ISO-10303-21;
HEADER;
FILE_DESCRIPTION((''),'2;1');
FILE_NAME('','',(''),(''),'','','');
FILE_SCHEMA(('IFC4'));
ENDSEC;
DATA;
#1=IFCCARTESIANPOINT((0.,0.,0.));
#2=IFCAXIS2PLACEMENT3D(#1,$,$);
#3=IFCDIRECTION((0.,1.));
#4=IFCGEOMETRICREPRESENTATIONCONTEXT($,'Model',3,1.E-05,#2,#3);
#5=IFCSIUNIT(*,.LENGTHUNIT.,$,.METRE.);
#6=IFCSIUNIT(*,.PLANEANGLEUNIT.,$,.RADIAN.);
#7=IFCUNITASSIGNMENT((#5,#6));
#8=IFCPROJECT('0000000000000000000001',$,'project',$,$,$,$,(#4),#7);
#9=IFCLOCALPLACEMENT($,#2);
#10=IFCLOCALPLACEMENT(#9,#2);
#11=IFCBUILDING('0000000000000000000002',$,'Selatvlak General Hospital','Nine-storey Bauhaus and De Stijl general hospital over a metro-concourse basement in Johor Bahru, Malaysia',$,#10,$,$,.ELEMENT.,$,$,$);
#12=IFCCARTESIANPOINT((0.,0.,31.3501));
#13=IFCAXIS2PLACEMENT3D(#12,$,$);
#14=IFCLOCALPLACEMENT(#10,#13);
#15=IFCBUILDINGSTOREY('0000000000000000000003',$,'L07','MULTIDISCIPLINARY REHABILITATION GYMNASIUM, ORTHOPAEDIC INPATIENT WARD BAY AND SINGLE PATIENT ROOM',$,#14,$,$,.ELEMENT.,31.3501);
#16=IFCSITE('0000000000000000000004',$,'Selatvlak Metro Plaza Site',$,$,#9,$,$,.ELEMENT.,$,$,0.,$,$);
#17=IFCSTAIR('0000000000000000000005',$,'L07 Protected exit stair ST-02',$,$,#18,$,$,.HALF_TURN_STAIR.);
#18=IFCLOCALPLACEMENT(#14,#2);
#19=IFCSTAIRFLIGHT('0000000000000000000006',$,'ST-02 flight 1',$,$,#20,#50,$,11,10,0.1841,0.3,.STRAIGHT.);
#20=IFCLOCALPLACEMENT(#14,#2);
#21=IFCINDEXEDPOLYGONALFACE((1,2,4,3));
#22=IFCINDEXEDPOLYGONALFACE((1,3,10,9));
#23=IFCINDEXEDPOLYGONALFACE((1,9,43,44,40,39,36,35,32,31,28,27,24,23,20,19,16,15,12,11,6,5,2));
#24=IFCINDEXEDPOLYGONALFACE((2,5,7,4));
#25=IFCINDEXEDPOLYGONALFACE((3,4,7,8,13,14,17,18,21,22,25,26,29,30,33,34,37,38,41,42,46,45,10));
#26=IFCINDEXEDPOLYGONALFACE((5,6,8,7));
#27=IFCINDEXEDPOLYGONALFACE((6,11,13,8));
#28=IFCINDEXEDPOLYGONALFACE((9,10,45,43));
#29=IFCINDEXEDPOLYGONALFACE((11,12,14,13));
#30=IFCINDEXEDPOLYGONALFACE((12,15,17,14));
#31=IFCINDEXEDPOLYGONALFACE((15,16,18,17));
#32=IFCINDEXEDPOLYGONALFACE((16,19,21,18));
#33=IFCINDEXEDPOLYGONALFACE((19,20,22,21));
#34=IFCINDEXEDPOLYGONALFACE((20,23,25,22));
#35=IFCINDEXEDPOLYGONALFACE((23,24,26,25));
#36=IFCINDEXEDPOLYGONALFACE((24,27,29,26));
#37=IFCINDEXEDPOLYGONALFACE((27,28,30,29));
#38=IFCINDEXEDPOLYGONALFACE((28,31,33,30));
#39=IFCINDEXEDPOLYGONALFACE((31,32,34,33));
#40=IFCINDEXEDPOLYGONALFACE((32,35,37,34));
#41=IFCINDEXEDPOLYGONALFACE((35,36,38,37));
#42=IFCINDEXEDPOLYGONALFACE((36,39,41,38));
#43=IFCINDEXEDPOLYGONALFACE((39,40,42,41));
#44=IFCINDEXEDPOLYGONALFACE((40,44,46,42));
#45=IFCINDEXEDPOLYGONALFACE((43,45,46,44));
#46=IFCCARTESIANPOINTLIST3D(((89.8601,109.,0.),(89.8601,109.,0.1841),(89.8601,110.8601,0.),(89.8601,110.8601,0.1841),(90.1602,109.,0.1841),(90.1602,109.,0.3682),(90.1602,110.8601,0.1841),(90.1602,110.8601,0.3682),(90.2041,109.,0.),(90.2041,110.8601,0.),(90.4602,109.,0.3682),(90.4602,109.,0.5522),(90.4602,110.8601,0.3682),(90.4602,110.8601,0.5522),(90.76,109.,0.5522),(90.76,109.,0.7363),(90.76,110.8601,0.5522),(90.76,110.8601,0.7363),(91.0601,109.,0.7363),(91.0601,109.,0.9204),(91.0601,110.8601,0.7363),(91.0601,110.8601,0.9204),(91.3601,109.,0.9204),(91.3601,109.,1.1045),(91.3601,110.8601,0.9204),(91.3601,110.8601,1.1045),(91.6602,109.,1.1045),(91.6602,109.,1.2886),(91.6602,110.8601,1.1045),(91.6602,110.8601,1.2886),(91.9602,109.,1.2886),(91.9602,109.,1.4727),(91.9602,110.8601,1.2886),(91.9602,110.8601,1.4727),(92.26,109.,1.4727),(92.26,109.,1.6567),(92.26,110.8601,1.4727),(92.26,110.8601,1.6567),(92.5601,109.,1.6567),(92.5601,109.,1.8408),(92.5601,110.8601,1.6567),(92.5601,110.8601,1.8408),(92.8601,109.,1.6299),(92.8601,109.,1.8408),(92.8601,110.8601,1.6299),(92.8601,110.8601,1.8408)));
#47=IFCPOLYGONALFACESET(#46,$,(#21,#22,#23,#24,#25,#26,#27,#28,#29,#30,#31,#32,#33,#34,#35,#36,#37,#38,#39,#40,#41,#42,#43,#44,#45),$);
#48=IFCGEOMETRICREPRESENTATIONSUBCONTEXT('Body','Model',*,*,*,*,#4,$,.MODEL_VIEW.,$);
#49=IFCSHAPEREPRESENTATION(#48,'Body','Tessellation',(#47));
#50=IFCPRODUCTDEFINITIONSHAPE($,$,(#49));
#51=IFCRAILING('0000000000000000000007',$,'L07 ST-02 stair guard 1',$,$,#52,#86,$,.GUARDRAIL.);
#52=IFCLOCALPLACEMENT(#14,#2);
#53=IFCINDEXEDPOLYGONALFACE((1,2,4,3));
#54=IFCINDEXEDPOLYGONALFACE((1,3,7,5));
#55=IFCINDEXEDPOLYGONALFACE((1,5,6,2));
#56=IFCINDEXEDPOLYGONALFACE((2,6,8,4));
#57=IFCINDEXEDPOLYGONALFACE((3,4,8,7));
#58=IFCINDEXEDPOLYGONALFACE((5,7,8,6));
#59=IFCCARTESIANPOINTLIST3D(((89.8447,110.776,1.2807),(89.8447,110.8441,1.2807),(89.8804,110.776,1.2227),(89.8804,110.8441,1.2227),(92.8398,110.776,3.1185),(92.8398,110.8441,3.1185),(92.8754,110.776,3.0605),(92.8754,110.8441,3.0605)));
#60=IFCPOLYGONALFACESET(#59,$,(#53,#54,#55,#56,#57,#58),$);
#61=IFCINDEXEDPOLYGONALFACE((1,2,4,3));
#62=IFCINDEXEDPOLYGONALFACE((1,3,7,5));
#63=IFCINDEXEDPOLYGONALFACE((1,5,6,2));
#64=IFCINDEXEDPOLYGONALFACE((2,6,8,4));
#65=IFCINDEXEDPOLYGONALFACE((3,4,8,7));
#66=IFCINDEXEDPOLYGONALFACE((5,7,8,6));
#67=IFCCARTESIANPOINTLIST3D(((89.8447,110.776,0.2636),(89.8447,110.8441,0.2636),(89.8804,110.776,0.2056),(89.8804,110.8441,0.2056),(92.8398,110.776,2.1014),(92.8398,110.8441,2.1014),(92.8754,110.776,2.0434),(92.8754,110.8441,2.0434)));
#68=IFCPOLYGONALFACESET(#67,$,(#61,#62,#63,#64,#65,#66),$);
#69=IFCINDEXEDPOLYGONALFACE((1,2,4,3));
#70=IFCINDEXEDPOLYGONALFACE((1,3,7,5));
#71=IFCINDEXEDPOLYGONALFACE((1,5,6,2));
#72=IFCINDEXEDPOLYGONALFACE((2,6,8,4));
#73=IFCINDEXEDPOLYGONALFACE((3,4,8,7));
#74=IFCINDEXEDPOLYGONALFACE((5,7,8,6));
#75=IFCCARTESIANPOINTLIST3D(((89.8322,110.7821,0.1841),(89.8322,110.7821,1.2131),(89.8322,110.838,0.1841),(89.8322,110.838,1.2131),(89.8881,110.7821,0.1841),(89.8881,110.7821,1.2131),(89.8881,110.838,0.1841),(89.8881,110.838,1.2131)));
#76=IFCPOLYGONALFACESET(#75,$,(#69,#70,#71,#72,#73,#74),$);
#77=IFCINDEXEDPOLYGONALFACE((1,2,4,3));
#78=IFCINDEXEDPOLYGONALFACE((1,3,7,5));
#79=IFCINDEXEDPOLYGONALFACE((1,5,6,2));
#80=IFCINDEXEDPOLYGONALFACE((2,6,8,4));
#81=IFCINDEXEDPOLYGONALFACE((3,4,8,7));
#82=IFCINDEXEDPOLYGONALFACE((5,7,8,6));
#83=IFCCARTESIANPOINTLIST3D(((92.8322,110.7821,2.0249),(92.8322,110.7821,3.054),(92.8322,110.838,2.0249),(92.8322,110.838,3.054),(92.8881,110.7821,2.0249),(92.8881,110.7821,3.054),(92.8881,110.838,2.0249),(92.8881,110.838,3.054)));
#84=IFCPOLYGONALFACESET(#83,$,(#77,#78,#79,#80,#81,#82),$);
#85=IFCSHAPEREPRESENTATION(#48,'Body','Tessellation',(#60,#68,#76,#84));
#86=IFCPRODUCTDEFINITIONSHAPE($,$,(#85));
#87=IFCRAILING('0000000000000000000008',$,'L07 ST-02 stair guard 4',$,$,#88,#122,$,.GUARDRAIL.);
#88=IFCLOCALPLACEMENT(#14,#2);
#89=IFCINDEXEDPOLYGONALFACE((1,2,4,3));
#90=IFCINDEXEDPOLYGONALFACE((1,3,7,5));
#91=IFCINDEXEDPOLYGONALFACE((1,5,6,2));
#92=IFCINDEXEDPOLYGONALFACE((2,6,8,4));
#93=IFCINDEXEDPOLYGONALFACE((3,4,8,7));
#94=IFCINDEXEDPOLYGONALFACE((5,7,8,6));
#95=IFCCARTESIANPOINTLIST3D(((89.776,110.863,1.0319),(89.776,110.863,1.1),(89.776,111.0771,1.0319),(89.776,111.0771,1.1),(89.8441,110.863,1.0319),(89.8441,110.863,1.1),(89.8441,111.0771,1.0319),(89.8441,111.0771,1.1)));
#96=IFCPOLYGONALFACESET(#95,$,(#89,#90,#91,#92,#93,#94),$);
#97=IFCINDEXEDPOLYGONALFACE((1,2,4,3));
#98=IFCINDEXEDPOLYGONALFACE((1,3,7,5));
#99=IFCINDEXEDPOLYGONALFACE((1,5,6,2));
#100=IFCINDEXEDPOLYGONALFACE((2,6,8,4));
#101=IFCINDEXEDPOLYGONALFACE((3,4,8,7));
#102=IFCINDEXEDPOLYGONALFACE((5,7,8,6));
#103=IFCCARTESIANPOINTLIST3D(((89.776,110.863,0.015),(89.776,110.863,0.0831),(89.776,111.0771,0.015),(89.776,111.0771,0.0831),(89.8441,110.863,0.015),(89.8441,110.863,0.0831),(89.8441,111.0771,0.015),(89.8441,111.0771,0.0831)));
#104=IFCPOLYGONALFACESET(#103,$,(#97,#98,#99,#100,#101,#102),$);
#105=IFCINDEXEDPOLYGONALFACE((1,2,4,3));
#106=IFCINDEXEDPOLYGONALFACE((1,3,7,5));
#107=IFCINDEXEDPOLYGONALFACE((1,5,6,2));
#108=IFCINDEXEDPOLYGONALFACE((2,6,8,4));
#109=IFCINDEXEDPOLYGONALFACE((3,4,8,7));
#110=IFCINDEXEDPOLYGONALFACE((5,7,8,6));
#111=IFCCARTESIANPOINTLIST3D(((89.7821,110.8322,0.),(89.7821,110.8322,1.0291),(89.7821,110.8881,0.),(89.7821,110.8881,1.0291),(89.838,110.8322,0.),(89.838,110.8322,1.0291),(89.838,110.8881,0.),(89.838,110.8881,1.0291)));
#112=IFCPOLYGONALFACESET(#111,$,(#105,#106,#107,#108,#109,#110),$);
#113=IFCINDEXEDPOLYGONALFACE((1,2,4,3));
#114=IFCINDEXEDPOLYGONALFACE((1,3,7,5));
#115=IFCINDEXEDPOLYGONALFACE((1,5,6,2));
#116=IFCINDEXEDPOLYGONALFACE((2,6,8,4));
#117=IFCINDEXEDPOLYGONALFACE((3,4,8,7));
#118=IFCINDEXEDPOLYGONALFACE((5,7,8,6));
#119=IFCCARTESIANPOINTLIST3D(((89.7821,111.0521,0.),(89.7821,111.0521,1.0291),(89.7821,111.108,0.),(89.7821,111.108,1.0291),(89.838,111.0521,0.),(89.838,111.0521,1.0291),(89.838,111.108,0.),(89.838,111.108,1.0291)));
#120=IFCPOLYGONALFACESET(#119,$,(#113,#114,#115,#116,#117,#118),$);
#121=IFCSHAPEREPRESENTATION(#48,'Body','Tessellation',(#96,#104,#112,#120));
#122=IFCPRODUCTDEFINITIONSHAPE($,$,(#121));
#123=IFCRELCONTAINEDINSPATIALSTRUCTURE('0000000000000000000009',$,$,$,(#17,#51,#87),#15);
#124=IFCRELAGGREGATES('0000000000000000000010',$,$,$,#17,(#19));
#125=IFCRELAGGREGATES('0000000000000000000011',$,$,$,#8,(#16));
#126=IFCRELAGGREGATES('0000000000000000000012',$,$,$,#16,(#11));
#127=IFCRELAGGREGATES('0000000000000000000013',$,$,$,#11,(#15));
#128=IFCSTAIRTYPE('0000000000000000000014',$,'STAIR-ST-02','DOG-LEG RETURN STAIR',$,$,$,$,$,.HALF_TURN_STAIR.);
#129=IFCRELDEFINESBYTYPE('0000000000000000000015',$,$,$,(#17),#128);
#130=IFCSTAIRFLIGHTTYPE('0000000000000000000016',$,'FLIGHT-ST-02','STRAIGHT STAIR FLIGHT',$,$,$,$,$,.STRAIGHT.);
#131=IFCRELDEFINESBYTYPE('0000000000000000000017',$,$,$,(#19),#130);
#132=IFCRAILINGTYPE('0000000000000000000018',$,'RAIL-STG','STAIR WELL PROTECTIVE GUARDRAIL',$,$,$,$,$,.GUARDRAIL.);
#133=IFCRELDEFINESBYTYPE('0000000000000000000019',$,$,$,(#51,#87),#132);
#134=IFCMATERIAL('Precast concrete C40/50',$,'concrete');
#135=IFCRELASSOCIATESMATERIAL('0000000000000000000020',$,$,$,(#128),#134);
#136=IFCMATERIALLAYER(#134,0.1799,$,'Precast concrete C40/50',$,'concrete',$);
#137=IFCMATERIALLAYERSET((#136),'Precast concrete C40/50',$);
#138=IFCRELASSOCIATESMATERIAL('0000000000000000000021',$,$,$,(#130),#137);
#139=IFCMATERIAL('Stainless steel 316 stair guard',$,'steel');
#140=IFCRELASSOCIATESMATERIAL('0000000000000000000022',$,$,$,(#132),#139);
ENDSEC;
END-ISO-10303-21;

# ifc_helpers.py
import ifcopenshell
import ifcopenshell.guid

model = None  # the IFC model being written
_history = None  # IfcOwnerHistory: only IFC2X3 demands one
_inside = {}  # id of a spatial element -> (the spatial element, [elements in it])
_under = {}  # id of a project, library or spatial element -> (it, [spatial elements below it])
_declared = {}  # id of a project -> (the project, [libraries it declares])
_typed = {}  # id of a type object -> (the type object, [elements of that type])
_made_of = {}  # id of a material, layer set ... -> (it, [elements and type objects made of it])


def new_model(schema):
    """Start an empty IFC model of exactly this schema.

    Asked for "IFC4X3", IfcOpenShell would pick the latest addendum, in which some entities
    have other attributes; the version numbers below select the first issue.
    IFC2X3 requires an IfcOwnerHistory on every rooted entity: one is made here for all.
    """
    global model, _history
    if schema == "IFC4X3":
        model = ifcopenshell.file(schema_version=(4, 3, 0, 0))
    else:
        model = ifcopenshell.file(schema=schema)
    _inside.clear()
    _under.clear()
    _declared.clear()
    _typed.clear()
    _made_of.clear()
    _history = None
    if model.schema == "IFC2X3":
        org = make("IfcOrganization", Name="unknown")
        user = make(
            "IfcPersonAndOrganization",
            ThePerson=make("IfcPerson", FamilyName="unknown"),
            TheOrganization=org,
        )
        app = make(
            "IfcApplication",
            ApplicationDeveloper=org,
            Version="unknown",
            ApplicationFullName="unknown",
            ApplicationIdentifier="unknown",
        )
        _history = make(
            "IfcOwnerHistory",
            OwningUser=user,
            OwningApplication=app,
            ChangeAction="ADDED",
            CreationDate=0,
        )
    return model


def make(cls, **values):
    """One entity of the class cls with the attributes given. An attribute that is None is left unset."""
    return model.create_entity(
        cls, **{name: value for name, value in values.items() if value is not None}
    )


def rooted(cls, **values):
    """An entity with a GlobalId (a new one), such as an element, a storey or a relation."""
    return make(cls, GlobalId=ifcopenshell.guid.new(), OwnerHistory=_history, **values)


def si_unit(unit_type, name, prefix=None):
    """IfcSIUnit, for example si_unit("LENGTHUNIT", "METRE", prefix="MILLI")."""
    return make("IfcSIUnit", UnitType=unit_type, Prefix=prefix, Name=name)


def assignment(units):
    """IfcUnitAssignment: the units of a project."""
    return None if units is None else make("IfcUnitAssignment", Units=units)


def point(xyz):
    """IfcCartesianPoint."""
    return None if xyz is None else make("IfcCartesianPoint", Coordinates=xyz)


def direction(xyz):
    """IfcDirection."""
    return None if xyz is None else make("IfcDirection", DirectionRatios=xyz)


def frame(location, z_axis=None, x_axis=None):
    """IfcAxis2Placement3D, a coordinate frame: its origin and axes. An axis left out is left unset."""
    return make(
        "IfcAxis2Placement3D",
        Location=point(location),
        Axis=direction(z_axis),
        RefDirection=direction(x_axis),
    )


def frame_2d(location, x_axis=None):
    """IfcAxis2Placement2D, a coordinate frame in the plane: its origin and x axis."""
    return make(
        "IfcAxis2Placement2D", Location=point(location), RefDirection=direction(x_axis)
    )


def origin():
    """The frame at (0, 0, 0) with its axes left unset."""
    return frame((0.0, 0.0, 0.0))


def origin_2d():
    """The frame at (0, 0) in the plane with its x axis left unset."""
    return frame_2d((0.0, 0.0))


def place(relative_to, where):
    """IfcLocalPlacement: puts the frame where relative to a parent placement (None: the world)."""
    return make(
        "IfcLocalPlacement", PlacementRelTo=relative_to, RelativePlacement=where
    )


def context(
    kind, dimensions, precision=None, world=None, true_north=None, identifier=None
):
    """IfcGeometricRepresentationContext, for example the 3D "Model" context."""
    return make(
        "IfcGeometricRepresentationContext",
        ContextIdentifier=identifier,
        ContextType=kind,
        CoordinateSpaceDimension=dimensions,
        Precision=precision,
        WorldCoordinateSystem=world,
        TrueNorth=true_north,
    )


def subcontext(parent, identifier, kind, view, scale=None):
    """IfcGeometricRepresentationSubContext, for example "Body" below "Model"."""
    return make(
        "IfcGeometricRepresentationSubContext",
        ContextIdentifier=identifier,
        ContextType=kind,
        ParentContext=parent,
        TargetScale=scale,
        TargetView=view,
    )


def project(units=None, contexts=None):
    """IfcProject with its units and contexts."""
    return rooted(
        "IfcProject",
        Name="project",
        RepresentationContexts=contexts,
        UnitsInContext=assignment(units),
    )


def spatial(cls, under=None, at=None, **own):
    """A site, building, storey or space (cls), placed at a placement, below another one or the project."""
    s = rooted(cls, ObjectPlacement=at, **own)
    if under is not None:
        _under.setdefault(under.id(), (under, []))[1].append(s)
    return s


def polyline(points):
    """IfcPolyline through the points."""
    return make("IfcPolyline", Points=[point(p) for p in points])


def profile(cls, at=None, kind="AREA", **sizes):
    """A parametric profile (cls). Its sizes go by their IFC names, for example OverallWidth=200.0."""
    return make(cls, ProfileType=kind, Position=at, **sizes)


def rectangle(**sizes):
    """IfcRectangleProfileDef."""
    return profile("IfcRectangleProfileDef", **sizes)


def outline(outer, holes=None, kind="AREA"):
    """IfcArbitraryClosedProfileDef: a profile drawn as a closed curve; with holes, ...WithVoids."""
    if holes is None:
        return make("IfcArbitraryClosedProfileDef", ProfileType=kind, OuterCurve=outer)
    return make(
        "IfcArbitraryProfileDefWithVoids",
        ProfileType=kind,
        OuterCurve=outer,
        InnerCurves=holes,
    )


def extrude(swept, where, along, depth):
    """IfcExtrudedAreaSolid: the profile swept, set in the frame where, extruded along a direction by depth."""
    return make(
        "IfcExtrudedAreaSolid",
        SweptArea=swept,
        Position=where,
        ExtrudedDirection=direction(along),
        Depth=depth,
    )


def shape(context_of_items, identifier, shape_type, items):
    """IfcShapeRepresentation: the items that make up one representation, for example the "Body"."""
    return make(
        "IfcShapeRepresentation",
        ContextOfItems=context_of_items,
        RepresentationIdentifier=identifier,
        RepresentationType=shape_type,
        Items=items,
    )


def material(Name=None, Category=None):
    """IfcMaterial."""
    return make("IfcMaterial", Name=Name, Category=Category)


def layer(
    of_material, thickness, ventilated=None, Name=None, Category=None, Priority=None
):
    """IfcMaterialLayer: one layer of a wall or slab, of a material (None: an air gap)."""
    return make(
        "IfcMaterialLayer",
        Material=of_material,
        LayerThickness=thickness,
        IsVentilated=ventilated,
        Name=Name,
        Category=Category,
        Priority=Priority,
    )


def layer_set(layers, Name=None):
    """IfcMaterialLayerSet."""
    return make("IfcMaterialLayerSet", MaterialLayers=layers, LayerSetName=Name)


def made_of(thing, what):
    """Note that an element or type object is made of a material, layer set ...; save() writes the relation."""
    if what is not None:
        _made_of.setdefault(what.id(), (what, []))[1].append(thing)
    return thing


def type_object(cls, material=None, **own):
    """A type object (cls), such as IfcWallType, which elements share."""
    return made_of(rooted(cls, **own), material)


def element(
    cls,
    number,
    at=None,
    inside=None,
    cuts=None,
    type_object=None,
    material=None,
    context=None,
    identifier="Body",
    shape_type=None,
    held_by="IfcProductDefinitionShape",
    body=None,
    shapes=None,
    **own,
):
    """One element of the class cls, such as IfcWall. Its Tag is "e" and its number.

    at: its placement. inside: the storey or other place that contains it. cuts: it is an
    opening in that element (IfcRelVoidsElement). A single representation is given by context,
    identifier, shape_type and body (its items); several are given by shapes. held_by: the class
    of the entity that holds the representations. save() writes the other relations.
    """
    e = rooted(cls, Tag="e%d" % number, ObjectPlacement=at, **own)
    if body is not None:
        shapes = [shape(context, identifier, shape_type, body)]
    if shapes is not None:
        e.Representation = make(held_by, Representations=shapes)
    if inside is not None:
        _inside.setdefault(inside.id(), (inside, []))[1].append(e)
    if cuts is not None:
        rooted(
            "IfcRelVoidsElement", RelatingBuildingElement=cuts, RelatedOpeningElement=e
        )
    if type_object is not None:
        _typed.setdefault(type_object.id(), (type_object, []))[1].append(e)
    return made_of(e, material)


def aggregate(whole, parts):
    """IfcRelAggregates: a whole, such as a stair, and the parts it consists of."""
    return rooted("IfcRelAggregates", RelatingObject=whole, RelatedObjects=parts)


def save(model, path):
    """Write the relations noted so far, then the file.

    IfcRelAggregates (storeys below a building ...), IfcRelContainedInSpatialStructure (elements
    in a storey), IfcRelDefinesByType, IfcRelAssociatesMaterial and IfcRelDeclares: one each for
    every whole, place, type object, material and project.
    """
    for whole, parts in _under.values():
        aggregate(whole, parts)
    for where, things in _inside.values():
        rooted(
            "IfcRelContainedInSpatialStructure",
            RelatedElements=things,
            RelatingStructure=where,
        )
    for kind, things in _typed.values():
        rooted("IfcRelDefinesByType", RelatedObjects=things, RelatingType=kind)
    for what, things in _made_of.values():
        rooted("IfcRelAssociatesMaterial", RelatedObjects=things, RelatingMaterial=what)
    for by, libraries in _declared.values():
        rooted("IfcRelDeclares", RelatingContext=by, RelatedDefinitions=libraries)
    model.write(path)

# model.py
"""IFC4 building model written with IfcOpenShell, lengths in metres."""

from ifc_helpers import new_model, si_unit, direction, frame, origin, origin_2d, place, context, subcontext, project, spatial, polyline, rectangle, outline, extrude, material, layer, layer_set, type_object, element, aggregate, save


model = new_model("IFC4")

# Units and contexts
model_context = context("Model", 3, precision=1e-05, world=origin(), true_north=direction((0.0, 1.0)))
body_context = subcontext(model_context, "Body", "Model", "MODEL_VIEW")
ifc_project = project(units=[si_unit("LENGTHUNIT", "METRE"), si_unit("PLANEANGLEUNIT", "RADIAN")], contexts=[model_context])

# Site, building, storey
site_placement = place(None, origin())
site = spatial("IfcSite", under=ifc_project, at=site_placement, Name="Selatvlak Metro Plaza Site", CompositionType="ELEMENT", RefElevation=0.0)
building_placement = place(site_placement, origin())
building = spatial("IfcBuilding", under=site, at=building_placement, Name="Selatvlak General Hospital", Description="Nine-storey Bauhaus and De Stijl general hospital over a metro-concourse basement in Johor Bahru, Malaysia", CompositionType="ELEMENT")
storey_placement = place(building_placement, frame((0.0, 0.0, 31.3501)))
storey = spatial("IfcBuildingStorey", under=building, at=storey_placement, Name="L07", Description="MULTIDISCIPLINARY REHABILITATION GYMNASIUM, ORTHOPAEDIC INPATIENT WARD BAY AND SINGLE PATIENT ROOM", CompositionType="ELEMENT", Elevation=31.3501)

# Stair, stair flight
ifc_material_1 = material(Name="Precast concrete C40/50", Category="concrete")
stair_type = type_object("IfcStairType", Name="STAIR-ST-02", Description="DOG-LEG RETURN STAIR", PredefinedType="HALF_TURN_STAIR", material=ifc_material_1)
stair_placement = place(storey_placement, origin())
stair = element("IfcStair", 1, at=stair_placement, inside=storey, type_object=stair_type, Name="L07 Protected exit stair ST-02", PredefinedType="HALF_TURN_STAIR")
ifc_layer_1 = layer(ifc_material_1, 0.1799, Name="Precast concrete C40/50", Category="concrete")
ifc_layer_set_1 = layer_set([ifc_layer_1], Name="Precast concrete C40/50")
stair_flight_type = type_object("IfcStairFlightType", Name="FLIGHT-ST-02", Description="STRAIGHT STAIR FLIGHT", PredefinedType="STRAIGHT", material=ifc_layer_set_1)
stair_flight_placement = place(storey_placement, frame((89.8601, 109.9299, 0.0), z_axis=(0.0, 0.0, 1.0), x_axis=(1.0, 0.0, 0.0)))
stair_flight = element("IfcStairFlight", 2, at=stair_flight_placement, type_object=stair_flight_type, Name="ST-02 flight 1", NumberOfRisers=11, NumberOfTreads=10, PredefinedType="STRAIGHT", RiserHeight=0.1841, TreadLength=0.3, context=body_context, shape_type="SweptSolid", body=[
    extrude(outline(polyline([(0.0, 0.0), (0.0, 0.1841), (0.3, 0.1841), (0.3, 0.3682), (0.6001, 0.3682), (0.6001, 0.5522), (0.8999, 0.5522), (0.8999, 0.7363), (1.2, 0.7363), (1.2, 0.9204), (1.5, 0.9204), (1.5, 1.1045), (1.8, 1.1045), (1.8, 1.2886), (2.1001, 1.2886), (2.1001, 1.4727), (2.3999, 1.4727), (2.3999, 1.6567), (2.7, 1.6567), (2.7, 1.8408), (3.0, 1.8408), (3.0, 2.0249), (3.0, 1.6299), (0.344, 0.0), (0.0, 0.0)])), frame((0.0, 0.9302, 0.0), z_axis=(0.0, -1.0, 0.0), x_axis=(1.0, 0.0, 0.0)), (0.0, 0.0, 1.0), 1.8601),
])
aggregate(stair, [stair_flight])

# Railings
ifc_material_2 = material(Name="Stainless steel 316 stair guard", Category="steel")
railing_type_1 = type_object("IfcRailingType", Name="RAIL-STG", Description="STAIR WELL PROTECTIVE GUARDRAIL", PredefinedType="GUARDRAIL", material=ifc_material_2)
railing_1_placement = place(storey_placement, frame((89.8601, 110.8101, 0.1841)))
element("IfcRailing", 3, at=railing_1_placement, inside=storey, type_object=railing_type_1, Name="L07 ST-02 stair guard 1", PredefinedType="GUARDRAIL", context=body_context, shape_type="SweptSolid", body=[
    extrude(rectangle(XDim=0.0681, YDim=0.0681, at=origin_2d()), frame((0.0024, 0.0, 1.0676), z_axis=(0.852334, 0.0, 0.522998), x_axis=(0.0, 1.0, 0.0)), (0.0, 0.0, 1.0), 3.5139),
    extrude(rectangle(XDim=0.0681, YDim=0.0681, at=origin_2d()), frame((0.0024, 0.0, 0.0505), z_axis=(0.852334, 0.0, 0.522998), x_axis=(0.0, 1.0, 0.0)), (0.0, 0.0, 1.0), 3.5139),
    extrude(rectangle(XDim=0.0559, YDim=0.0559, at=origin_2d()), origin(), (0.0, 0.0, 1.0), 1.0291),
    extrude(rectangle(XDim=0.0559, YDim=0.0559, at=origin_2d()), frame((3.0, 0.0, 1.8408)), (0.0, 0.0, 1.0), 1.0291),
])
railing_2_placement = place(storey_placement, frame((89.8101, 110.8601, 0.0)))
element("IfcRailing", 4, at=railing_2_placement, inside=storey, type_object=railing_type_1, Name="L07 ST-02 stair guard 4", PredefinedType="GUARDRAIL", context=body_context, shape_type="SweptSolid", body=[
    extrude(rectangle(XDim=0.0681, YDim=0.0681, at=origin_2d()), frame((0.0, 0.0029, 1.0659), z_axis=(0.0, 1.0, 0.0), x_axis=(-1.0, 0.0, 0.0)), (0.0, 0.0, 1.0), 0.2141),
    extrude(rectangle(XDim=0.0681, YDim=0.0681, at=origin_2d()), frame((0.0, 0.0029, 0.0491), z_axis=(0.0, 1.0, 0.0), x_axis=(-1.0, 0.0, 0.0)), (0.0, 0.0, 1.0), 0.2141),
    extrude(rectangle(XDim=0.0559, YDim=0.0559, at=origin_2d()), origin(), (0.0, 0.0, 1.0), 1.0291),
    extrude(rectangle(XDim=0.0559, YDim=0.0559, at=origin_2d()), frame((0.0, 0.22, 0.0)), (0.0, 0.0, 1.0), 1.0291),
])

save(model, "model.ifc")
